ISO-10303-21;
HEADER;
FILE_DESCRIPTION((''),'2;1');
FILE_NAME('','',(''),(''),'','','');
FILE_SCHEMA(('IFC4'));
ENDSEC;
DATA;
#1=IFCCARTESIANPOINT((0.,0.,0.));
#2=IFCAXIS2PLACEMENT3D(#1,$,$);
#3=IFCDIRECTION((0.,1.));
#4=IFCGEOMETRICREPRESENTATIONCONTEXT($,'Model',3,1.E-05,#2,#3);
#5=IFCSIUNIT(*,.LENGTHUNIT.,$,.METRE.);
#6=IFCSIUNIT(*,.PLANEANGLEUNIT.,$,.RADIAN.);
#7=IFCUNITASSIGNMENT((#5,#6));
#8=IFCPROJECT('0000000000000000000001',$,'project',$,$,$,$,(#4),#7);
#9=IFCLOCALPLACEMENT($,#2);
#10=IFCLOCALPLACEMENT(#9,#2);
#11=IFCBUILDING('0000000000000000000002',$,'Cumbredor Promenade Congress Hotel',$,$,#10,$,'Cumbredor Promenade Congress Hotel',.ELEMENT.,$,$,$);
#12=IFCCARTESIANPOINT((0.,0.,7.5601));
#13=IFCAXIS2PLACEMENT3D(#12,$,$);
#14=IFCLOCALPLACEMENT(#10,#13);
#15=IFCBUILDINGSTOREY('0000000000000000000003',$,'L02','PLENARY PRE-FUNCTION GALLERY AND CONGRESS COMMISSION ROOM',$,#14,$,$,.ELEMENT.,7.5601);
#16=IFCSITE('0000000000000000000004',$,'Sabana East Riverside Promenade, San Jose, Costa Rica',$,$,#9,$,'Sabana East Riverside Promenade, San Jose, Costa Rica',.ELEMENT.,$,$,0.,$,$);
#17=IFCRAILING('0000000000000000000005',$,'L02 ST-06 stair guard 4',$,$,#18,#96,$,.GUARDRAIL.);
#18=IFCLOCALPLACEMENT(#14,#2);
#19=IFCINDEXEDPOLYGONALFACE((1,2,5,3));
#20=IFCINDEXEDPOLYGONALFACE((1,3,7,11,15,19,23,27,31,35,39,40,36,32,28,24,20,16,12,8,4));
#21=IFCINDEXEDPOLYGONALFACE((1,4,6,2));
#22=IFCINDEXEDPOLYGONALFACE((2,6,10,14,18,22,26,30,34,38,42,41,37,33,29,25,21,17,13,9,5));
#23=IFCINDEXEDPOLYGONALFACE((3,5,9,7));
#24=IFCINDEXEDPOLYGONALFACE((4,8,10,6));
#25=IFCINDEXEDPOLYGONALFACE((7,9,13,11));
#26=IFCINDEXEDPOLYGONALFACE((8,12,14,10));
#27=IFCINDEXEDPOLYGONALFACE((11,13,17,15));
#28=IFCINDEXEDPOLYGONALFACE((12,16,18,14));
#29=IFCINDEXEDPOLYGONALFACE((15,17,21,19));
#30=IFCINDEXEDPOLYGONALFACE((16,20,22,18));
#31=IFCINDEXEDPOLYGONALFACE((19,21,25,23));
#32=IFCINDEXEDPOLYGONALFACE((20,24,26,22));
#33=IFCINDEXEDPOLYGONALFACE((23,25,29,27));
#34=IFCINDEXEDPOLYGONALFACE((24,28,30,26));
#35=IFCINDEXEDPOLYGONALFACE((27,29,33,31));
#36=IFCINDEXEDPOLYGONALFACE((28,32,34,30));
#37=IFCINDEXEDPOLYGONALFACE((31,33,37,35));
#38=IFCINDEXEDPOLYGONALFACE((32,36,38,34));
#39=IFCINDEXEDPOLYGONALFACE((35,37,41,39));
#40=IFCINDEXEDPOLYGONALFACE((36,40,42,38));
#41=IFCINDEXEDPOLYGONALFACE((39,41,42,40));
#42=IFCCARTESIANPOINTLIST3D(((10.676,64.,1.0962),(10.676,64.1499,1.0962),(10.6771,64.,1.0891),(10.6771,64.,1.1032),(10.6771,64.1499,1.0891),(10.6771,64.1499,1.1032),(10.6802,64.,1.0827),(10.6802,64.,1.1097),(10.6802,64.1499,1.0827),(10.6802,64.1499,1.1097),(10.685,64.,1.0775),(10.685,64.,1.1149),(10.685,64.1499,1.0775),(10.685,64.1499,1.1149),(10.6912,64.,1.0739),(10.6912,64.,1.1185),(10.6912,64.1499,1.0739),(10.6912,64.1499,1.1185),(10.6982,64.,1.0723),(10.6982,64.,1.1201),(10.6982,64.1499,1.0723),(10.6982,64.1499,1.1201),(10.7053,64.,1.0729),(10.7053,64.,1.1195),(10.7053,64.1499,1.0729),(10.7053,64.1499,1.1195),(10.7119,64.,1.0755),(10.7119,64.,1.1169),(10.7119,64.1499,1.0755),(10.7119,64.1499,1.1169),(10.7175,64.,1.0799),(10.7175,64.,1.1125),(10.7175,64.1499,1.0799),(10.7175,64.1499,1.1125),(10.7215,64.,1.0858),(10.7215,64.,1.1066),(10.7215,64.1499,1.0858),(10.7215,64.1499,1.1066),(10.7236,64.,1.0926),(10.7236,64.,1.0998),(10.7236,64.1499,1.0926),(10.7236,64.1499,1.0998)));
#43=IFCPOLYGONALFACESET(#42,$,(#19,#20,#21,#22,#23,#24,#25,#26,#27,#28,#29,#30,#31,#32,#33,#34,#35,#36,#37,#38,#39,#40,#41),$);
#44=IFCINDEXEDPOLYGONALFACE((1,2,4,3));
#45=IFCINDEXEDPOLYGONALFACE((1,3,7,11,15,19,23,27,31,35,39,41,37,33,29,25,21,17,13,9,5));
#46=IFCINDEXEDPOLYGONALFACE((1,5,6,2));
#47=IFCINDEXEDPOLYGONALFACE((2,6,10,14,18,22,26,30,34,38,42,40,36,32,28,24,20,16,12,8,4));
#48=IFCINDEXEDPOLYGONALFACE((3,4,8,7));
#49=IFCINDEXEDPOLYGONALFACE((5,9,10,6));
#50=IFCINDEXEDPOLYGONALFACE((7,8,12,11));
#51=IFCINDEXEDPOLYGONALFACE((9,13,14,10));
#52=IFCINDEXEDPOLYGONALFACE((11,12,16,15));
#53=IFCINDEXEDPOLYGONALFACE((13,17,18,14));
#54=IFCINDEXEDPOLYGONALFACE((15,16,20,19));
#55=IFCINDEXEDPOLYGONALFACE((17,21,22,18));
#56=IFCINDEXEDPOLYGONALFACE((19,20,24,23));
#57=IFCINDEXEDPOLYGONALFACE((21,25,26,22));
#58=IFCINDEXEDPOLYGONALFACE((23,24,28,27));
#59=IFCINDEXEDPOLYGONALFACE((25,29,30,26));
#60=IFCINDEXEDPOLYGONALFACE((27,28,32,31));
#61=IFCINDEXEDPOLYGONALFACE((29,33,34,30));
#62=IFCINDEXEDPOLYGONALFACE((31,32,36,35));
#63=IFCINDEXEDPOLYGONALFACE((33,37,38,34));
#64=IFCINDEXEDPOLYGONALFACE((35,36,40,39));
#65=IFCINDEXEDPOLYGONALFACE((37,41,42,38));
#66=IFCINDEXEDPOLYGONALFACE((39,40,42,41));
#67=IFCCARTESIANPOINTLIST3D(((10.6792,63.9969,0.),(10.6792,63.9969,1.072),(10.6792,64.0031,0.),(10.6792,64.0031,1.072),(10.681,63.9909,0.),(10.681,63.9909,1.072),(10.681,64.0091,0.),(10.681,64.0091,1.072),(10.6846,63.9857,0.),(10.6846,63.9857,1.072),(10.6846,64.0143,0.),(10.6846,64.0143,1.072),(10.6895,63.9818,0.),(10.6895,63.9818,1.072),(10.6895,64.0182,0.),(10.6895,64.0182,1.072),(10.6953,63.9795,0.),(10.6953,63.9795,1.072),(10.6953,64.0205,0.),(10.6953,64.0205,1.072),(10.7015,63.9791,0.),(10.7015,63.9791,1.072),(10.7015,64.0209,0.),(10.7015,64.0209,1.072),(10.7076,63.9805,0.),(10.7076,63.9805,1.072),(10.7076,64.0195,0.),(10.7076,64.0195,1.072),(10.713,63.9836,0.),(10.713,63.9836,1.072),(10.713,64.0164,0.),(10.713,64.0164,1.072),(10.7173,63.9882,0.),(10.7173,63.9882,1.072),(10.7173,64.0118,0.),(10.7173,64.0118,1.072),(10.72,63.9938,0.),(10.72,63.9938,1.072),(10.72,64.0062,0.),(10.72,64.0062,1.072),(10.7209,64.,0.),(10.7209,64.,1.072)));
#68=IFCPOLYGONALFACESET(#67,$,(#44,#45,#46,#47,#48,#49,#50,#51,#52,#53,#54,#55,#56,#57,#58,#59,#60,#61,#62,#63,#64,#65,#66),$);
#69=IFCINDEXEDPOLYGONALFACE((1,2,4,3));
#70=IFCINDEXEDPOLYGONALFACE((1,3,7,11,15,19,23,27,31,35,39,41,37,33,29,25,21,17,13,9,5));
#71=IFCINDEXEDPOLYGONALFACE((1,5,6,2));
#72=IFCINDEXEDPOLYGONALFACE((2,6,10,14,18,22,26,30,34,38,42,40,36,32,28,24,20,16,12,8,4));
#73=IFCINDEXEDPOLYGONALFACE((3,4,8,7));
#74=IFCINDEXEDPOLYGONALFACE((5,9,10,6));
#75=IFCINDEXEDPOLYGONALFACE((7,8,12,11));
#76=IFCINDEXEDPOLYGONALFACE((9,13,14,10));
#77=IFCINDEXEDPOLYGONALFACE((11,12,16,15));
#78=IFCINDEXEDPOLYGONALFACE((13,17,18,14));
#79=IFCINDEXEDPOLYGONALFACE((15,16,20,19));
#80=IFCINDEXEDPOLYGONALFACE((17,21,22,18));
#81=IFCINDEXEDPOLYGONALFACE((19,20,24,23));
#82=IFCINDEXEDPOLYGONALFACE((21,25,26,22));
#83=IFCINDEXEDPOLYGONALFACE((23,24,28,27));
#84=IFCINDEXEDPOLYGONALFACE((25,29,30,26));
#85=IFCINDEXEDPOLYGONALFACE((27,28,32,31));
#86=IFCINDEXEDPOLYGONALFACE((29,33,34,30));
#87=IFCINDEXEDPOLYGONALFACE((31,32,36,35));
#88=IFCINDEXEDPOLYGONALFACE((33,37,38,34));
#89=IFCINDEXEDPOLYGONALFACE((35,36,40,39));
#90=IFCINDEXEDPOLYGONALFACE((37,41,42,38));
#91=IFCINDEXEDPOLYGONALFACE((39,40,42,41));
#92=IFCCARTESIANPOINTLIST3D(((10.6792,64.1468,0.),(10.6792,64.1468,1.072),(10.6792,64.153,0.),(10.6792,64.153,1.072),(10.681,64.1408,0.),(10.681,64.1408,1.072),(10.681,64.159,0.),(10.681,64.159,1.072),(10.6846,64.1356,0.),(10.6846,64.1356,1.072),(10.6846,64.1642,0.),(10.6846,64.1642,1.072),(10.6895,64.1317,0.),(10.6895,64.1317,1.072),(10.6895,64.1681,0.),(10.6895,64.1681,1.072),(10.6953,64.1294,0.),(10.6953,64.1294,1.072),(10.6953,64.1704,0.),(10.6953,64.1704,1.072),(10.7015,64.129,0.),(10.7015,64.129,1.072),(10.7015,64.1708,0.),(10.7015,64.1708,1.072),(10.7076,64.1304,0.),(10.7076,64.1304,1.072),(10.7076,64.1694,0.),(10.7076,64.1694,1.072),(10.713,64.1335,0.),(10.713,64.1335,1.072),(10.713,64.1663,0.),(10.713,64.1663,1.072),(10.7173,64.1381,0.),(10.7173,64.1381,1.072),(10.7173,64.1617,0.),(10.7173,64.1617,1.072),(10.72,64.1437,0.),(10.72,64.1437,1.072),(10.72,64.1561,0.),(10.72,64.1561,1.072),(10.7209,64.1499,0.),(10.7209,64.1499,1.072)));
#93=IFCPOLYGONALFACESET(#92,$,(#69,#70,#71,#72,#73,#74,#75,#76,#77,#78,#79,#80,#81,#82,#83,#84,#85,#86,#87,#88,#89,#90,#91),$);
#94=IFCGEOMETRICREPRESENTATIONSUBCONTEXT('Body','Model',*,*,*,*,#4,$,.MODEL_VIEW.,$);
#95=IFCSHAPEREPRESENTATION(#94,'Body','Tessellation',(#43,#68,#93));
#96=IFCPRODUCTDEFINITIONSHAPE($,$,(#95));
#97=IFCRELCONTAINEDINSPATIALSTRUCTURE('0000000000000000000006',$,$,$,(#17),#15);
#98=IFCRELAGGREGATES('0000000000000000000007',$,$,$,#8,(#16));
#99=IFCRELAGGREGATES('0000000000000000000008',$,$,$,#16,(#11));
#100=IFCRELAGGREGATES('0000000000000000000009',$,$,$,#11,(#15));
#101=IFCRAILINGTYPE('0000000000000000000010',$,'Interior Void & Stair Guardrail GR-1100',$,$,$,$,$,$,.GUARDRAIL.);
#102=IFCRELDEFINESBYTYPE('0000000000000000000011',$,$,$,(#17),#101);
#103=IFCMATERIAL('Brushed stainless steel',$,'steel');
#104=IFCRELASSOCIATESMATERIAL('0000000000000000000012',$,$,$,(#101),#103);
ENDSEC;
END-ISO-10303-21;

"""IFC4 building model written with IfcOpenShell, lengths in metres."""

from ifc_helpers import new_model, si_unit, direction, frame, origin, origin_2d, place, context, subcontext, project, spatial, circle, extrude, material, type_object, element, save


model = new_model("IFC4")

# Units and contexts
model_context = context("Model", 3, precision=1e-05, world=origin(), true_north=direction((0.0, 1.0)))
body_context = subcontext(model_context, "Body", "Model", "MODEL_VIEW")
ifc_project = project(units=[si_unit("LENGTHUNIT", "METRE"), si_unit("PLANEANGLEUNIT", "RADIAN")], contexts=[model_context])

# Site, building, storey
site_placement = place(None, origin())
site = spatial("IfcSite", under=ifc_project, at=site_placement, Name="Sabana East Riverside Promenade, San Jose, Costa Rica", LongName="Sabana East Riverside Promenade, San Jose, Costa Rica", CompositionType="ELEMENT", RefElevation=0.0)
building_placement = place(site_placement, origin())
building = spatial("IfcBuilding", under=site, at=building_placement, Name="Cumbredor Promenade Congress Hotel", LongName="Cumbredor Promenade Congress Hotel", CompositionType="ELEMENT")
storey_placement = place(building_placement, frame((0.0, 0.0, 7.5601)))
storey = spatial("IfcBuildingStorey", under=building, at=storey_placement, Name="L02", Description="PLENARY PRE-FUNCTION GALLERY AND CONGRESS COMMISSION ROOM", CompositionType="ELEMENT", Elevation=7.5601)

# Shared definitions
ifc_material_1 = material(Name="Brushed stainless steel", Category="steel")

# Railing
railing_type_1 = type_object("IfcRailingType", Name="Interior Void & Stair Guardrail GR-1100", PredefinedType="GUARDRAIL", material=ifc_material_1)
railing_1_placement = place(storey_placement, frame((10.7, 64.0, 0.0)))
element("IfcRailing", 1, at=railing_1_placement, inside=storey, type_object=railing_type_1, Name="L02 ST-06 stair guard 4", PredefinedType="GUARDRAIL", context=body_context, shape_type="SweptSolid", body=[
    extrude(circle(Radius=0.0239, at=origin_2d()), frame((0.0, 0.0, 1.0962), z_axis=(0.0, 1.0, 0.0), x_axis=(-1.0, 0.0, 0.0)), (0.0, 0.0, 1.0), 0.1499),
    extrude(circle(Radius=0.021, at=origin_2d()), origin(), (0.0, 0.0, 1.0), 1.072),
    extrude(circle(Radius=0.021, at=origin_2d()), frame((0.0, 0.1499, 0.0)), (0.0, 0.0, 1.0), 1.072),
])

save(model, "model.ifc")
